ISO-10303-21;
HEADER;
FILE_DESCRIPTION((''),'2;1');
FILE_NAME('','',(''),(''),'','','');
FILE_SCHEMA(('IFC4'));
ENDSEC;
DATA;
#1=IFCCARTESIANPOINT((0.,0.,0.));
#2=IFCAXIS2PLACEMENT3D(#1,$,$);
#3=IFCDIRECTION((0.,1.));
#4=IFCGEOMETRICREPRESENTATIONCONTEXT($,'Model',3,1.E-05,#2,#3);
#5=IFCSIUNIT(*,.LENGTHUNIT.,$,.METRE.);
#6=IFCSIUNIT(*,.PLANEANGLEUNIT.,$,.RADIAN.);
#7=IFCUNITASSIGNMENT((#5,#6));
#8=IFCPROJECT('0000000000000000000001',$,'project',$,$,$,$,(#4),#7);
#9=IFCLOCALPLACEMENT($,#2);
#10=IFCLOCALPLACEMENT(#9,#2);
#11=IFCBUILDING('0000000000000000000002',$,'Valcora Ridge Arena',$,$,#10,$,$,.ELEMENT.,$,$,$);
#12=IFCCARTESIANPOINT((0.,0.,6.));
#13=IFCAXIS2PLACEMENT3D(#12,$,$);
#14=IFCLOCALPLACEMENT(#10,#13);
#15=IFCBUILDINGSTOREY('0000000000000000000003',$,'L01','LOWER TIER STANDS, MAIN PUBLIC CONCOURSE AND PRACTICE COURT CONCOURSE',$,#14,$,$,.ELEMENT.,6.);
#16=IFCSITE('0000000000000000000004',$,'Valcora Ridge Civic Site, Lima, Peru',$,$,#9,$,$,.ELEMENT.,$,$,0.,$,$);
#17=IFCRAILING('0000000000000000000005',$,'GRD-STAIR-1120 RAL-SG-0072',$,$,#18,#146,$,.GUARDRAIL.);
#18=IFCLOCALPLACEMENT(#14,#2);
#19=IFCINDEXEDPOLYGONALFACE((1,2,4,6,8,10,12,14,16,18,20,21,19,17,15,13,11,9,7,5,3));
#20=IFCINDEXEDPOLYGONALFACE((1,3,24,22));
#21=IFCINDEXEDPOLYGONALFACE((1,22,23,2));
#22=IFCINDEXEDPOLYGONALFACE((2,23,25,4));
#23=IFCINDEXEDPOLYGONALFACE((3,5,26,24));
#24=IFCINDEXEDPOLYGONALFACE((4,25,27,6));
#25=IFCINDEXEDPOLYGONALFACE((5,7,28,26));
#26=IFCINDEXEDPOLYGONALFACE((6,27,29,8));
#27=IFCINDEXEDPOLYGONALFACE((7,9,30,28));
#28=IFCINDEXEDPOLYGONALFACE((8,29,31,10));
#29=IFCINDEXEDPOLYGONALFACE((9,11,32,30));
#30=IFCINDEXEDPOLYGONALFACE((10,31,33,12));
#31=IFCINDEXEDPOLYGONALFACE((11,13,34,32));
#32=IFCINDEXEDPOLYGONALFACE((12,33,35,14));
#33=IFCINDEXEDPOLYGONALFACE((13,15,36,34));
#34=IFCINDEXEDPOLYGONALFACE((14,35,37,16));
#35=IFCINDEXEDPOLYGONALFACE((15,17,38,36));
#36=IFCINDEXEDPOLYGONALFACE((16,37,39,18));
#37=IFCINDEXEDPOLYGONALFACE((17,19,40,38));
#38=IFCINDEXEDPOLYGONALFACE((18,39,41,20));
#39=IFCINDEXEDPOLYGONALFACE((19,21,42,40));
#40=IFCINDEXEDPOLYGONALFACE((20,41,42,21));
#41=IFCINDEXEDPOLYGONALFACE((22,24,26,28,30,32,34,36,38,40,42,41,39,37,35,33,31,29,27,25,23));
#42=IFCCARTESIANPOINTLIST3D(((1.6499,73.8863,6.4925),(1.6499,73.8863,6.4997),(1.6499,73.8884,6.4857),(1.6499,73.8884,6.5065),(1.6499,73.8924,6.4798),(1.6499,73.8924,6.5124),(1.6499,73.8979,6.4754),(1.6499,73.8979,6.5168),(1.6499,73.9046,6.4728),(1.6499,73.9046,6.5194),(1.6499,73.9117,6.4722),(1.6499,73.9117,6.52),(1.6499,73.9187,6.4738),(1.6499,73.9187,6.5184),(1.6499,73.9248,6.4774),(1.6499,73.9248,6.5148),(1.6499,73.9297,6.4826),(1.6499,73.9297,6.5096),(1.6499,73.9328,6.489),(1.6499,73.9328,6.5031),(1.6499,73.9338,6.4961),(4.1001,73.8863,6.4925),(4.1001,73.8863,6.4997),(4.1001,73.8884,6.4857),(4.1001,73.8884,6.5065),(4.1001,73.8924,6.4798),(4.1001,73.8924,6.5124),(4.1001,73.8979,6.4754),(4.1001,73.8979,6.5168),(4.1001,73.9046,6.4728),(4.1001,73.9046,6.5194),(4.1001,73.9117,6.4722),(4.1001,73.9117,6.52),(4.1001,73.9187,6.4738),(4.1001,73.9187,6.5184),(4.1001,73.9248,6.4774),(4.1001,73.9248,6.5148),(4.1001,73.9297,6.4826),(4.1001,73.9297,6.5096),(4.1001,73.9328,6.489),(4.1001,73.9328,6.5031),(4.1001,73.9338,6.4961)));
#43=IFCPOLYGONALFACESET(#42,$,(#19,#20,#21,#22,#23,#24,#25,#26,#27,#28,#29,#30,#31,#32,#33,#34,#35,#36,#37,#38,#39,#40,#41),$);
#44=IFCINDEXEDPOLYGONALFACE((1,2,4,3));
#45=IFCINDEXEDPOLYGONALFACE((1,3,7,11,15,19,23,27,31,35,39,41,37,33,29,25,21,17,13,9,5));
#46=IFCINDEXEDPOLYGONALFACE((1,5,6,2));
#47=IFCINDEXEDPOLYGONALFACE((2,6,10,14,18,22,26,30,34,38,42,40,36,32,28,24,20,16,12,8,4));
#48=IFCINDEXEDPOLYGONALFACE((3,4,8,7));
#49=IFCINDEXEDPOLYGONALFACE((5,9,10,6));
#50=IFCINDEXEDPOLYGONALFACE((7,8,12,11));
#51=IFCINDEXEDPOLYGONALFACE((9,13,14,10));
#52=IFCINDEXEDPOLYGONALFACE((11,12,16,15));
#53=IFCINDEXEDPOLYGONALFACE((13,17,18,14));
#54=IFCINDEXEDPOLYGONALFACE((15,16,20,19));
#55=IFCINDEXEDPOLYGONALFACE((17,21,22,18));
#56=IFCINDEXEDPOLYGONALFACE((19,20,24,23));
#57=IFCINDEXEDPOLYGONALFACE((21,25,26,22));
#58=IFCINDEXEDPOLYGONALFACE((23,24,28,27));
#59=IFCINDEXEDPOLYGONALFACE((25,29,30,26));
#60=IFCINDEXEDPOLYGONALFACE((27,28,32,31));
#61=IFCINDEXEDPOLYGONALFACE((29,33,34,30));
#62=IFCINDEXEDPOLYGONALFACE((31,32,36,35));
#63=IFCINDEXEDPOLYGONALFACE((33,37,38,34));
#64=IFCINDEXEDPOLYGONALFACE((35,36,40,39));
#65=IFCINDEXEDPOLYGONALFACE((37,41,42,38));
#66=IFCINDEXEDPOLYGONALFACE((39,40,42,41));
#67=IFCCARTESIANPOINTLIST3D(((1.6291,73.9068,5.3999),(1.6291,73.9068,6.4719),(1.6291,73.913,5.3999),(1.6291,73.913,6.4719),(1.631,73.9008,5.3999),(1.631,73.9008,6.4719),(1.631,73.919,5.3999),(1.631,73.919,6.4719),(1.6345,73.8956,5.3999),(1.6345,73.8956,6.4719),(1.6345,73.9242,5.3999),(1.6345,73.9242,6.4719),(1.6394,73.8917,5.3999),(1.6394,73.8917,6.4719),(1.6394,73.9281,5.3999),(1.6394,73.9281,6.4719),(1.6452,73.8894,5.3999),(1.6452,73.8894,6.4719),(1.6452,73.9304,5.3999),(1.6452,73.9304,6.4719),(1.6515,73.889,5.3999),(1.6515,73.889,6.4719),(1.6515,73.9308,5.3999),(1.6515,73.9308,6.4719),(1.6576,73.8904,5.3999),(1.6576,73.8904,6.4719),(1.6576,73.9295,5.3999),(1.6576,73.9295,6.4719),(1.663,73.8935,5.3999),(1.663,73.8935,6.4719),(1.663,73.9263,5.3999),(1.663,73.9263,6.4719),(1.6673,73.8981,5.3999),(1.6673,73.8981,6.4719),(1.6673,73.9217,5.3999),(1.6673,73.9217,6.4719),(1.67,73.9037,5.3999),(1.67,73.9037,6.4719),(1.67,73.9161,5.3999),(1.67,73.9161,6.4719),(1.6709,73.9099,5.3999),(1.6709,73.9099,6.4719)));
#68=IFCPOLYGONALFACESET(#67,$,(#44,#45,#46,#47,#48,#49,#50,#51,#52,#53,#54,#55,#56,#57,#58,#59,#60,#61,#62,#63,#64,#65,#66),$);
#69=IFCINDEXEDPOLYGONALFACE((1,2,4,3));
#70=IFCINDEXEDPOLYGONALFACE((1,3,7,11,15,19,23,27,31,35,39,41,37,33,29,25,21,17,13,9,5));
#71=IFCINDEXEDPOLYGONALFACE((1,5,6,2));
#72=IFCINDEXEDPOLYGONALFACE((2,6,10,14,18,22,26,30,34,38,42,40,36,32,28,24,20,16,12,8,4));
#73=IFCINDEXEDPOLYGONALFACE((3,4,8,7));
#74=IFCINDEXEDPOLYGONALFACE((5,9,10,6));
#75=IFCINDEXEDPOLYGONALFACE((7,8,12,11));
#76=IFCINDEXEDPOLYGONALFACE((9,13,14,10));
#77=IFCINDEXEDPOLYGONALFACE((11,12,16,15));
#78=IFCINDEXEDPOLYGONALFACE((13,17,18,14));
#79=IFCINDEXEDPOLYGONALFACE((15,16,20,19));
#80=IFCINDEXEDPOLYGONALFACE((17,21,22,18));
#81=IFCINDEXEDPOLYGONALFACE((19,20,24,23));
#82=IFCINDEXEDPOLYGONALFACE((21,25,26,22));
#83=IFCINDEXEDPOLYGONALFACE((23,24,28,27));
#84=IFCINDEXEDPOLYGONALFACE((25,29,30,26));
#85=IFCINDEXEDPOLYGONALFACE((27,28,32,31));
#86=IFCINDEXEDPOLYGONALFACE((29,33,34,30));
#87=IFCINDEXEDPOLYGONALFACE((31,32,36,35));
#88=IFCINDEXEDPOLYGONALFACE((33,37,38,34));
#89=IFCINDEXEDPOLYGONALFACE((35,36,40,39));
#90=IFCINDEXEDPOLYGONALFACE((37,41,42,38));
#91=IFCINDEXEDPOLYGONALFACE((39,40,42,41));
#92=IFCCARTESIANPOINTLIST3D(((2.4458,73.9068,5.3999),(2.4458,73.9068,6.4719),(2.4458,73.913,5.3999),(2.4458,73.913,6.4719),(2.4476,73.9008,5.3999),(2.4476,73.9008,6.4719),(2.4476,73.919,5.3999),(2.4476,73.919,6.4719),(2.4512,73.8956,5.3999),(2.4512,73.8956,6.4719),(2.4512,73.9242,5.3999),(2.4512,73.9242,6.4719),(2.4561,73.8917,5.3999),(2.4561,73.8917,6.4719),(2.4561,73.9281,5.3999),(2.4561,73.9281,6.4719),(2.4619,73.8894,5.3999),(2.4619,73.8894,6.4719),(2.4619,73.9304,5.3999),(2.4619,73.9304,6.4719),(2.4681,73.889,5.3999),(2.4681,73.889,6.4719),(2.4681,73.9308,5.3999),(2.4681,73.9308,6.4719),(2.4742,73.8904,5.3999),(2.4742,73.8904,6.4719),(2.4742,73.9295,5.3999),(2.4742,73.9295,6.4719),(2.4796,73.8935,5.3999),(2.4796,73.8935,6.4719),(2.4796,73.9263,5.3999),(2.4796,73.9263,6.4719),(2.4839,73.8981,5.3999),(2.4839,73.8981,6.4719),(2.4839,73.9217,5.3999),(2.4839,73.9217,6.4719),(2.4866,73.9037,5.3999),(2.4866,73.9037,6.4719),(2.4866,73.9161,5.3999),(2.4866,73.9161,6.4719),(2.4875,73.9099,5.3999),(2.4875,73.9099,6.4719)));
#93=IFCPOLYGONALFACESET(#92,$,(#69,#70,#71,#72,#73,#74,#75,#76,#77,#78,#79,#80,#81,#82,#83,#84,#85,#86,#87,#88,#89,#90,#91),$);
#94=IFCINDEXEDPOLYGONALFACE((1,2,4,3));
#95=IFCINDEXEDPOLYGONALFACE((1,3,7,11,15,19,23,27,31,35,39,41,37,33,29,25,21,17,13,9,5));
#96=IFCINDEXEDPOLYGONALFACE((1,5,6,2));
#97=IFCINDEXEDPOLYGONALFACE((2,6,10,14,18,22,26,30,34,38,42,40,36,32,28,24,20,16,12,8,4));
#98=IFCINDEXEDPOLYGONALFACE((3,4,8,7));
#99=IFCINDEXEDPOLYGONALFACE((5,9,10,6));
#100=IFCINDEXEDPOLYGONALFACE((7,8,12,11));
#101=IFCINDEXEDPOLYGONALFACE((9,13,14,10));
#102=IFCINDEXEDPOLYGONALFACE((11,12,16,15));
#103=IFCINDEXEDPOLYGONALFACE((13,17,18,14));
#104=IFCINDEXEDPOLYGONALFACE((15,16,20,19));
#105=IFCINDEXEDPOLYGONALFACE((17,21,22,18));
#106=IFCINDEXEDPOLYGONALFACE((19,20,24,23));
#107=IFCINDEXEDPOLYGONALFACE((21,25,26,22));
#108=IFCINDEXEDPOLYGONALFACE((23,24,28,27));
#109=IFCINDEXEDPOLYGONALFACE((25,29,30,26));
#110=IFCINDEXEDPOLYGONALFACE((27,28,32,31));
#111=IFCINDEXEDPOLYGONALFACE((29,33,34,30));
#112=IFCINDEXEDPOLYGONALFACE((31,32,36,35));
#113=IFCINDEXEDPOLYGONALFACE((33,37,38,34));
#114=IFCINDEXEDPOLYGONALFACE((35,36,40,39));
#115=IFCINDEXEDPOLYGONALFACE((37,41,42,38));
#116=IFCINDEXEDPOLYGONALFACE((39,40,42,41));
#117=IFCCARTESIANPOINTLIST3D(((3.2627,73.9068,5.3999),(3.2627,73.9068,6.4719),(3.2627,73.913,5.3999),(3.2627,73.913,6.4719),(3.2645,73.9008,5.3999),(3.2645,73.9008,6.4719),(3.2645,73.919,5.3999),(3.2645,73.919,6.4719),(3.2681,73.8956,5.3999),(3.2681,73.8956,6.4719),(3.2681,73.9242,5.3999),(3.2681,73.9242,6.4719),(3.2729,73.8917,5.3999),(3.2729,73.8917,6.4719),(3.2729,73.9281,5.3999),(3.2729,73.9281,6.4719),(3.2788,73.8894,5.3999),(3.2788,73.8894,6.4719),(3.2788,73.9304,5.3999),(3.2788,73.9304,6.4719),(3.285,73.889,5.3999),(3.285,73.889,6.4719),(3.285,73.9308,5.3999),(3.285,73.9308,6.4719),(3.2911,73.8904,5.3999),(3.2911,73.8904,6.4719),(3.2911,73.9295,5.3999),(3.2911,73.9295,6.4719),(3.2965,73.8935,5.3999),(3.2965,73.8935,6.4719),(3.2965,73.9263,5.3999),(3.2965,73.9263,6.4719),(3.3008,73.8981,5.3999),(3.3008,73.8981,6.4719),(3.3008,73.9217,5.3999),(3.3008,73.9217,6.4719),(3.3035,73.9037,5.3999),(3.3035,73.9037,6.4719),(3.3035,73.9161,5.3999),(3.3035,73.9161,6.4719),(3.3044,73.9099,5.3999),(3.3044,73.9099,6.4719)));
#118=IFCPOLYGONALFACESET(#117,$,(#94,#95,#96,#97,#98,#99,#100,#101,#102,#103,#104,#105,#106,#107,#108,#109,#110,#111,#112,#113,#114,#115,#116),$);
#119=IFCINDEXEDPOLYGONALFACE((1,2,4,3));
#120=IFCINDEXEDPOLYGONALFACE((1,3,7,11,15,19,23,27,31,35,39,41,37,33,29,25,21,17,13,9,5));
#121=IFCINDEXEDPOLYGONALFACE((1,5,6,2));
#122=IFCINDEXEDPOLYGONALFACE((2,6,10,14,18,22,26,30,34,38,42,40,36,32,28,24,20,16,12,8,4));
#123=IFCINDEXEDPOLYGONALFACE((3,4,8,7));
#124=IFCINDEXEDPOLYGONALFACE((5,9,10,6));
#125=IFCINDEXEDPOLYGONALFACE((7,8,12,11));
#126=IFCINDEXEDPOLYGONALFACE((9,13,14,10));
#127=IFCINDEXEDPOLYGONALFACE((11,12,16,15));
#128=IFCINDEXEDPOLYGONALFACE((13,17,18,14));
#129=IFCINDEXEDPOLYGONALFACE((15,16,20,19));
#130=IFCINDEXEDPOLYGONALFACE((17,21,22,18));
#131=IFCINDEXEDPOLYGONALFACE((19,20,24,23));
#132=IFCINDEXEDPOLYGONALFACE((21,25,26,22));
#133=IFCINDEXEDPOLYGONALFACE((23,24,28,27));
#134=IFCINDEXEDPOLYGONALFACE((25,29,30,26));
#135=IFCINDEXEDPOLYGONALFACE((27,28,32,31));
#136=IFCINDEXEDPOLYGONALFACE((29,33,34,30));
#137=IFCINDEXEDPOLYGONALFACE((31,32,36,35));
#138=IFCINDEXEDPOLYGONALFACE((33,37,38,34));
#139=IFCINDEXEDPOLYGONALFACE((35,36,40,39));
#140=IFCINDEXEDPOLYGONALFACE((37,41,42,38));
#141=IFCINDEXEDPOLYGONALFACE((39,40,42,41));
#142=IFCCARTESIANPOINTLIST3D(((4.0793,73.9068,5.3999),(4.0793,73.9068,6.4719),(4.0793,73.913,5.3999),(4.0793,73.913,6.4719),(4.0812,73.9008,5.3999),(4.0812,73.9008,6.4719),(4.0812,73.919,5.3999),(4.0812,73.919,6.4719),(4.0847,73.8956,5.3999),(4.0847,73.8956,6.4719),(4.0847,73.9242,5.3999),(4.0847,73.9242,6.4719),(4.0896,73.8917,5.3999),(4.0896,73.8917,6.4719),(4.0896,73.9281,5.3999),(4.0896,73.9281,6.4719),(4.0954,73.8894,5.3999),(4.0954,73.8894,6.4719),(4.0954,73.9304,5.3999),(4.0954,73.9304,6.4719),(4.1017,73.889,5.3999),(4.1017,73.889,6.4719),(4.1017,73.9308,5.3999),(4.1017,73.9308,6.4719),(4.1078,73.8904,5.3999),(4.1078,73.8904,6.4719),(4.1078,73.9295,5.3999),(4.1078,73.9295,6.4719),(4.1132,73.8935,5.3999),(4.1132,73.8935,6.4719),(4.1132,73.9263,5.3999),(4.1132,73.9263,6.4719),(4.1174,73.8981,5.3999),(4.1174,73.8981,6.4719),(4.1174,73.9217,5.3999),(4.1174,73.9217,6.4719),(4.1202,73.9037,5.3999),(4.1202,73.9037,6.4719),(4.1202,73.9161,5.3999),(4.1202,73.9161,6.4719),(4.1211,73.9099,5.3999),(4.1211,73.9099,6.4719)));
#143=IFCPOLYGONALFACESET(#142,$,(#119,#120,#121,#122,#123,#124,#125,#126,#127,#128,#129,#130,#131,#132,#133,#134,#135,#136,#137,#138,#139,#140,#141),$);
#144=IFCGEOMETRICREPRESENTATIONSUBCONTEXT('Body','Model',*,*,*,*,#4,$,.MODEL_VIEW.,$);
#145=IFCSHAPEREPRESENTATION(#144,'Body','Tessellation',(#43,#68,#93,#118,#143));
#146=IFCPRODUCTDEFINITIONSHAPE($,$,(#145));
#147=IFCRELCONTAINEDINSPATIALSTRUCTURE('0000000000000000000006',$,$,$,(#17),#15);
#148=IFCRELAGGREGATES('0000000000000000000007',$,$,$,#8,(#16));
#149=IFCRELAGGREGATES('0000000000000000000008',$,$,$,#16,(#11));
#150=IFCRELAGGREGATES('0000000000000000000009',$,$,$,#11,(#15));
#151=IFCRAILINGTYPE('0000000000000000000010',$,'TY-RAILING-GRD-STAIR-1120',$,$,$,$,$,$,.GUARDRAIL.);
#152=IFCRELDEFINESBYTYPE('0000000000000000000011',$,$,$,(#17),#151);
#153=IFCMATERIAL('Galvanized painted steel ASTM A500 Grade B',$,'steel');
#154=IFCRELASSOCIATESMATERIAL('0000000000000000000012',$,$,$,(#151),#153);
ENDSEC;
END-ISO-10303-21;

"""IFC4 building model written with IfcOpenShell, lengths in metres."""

from ifc_helpers import new_model, si_unit, direction, frame, origin, origin_2d, place, context, subcontext, project, spatial, circle, extrude, material, type_object, element, save


model = new_model("IFC4")

# Units and contexts
model_context = context("Model", 3, precision=1e-05, world=origin(), true_north=direction((0.0, 1.0)))
body_context = subcontext(model_context, "Body", "Model", "MODEL_VIEW")
ifc_project = project(units=[si_unit("LENGTHUNIT", "METRE"), si_unit("PLANEANGLEUNIT", "RADIAN")], contexts=[model_context])

# Site, building, storey
site_placement = place(None, origin())
site = spatial("IfcSite", under=ifc_project, at=site_placement, Name="Valcora Ridge Civic Site, Lima, Peru", CompositionType="ELEMENT", RefElevation=0.0)
building_placement = place(site_placement, origin())
building = spatial("IfcBuilding", under=site, at=building_placement, Name="Valcora Ridge Arena", CompositionType="ELEMENT")
storey_placement = place(building_placement, frame((0.0, 0.0, 6.0)))
storey = spatial("IfcBuildingStorey", under=building, at=storey_placement, Name="L01", Description="LOWER TIER STANDS, MAIN PUBLIC CONCOURSE AND PRACTICE COURT CONCOURSE", CompositionType="ELEMENT", Elevation=6.0)

# Railing
ifc_material_1 = material(Name="Galvanized painted steel ASTM A500 Grade B", Category="steel")
railing_type_1 = type_object("IfcRailingType", Name="TY-RAILING-GRD-STAIR-1120", PredefinedType="GUARDRAIL", material=ifc_material_1)
railing_1_placement = place(storey_placement, frame((1.6499, 73.9099, 5.3999)))
element("IfcRailing", 1, at=railing_1_placement, inside=storey, type_object=railing_type_1, Name="GRD-STAIR-1120 RAL-SG-0072", PredefinedType="GUARDRAIL", context=body_context, shape_type="SweptSolid", body=[
    extrude(circle(Radius=0.0239, at=origin_2d()), frame((0.0, 0.0, 1.0962), z_axis=(1.0, 0.0, 0.0), x_axis=(0.0, 1.0, 0.0)), (0.0, 0.0, 1.0), 2.4502),
    extrude(circle(Radius=0.021, at=origin_2d()), origin(), (0.0, 0.0, 1.0), 1.072),
    extrude(circle(Radius=0.021, at=origin_2d()), frame((0.8167, 0.0, 0.0)), (0.0, 0.0, 1.0), 1.072),
    extrude(circle(Radius=0.021, at=origin_2d()), frame((1.6335, 0.0, 0.0)), (0.0, 0.0, 1.0), 1.072),
    extrude(circle(Radius=0.021, at=origin_2d()), frame((2.4502, 0.0, 0.0)), (0.0, 0.0, 1.0), 1.072),
])

save(model, "model.ifc")
